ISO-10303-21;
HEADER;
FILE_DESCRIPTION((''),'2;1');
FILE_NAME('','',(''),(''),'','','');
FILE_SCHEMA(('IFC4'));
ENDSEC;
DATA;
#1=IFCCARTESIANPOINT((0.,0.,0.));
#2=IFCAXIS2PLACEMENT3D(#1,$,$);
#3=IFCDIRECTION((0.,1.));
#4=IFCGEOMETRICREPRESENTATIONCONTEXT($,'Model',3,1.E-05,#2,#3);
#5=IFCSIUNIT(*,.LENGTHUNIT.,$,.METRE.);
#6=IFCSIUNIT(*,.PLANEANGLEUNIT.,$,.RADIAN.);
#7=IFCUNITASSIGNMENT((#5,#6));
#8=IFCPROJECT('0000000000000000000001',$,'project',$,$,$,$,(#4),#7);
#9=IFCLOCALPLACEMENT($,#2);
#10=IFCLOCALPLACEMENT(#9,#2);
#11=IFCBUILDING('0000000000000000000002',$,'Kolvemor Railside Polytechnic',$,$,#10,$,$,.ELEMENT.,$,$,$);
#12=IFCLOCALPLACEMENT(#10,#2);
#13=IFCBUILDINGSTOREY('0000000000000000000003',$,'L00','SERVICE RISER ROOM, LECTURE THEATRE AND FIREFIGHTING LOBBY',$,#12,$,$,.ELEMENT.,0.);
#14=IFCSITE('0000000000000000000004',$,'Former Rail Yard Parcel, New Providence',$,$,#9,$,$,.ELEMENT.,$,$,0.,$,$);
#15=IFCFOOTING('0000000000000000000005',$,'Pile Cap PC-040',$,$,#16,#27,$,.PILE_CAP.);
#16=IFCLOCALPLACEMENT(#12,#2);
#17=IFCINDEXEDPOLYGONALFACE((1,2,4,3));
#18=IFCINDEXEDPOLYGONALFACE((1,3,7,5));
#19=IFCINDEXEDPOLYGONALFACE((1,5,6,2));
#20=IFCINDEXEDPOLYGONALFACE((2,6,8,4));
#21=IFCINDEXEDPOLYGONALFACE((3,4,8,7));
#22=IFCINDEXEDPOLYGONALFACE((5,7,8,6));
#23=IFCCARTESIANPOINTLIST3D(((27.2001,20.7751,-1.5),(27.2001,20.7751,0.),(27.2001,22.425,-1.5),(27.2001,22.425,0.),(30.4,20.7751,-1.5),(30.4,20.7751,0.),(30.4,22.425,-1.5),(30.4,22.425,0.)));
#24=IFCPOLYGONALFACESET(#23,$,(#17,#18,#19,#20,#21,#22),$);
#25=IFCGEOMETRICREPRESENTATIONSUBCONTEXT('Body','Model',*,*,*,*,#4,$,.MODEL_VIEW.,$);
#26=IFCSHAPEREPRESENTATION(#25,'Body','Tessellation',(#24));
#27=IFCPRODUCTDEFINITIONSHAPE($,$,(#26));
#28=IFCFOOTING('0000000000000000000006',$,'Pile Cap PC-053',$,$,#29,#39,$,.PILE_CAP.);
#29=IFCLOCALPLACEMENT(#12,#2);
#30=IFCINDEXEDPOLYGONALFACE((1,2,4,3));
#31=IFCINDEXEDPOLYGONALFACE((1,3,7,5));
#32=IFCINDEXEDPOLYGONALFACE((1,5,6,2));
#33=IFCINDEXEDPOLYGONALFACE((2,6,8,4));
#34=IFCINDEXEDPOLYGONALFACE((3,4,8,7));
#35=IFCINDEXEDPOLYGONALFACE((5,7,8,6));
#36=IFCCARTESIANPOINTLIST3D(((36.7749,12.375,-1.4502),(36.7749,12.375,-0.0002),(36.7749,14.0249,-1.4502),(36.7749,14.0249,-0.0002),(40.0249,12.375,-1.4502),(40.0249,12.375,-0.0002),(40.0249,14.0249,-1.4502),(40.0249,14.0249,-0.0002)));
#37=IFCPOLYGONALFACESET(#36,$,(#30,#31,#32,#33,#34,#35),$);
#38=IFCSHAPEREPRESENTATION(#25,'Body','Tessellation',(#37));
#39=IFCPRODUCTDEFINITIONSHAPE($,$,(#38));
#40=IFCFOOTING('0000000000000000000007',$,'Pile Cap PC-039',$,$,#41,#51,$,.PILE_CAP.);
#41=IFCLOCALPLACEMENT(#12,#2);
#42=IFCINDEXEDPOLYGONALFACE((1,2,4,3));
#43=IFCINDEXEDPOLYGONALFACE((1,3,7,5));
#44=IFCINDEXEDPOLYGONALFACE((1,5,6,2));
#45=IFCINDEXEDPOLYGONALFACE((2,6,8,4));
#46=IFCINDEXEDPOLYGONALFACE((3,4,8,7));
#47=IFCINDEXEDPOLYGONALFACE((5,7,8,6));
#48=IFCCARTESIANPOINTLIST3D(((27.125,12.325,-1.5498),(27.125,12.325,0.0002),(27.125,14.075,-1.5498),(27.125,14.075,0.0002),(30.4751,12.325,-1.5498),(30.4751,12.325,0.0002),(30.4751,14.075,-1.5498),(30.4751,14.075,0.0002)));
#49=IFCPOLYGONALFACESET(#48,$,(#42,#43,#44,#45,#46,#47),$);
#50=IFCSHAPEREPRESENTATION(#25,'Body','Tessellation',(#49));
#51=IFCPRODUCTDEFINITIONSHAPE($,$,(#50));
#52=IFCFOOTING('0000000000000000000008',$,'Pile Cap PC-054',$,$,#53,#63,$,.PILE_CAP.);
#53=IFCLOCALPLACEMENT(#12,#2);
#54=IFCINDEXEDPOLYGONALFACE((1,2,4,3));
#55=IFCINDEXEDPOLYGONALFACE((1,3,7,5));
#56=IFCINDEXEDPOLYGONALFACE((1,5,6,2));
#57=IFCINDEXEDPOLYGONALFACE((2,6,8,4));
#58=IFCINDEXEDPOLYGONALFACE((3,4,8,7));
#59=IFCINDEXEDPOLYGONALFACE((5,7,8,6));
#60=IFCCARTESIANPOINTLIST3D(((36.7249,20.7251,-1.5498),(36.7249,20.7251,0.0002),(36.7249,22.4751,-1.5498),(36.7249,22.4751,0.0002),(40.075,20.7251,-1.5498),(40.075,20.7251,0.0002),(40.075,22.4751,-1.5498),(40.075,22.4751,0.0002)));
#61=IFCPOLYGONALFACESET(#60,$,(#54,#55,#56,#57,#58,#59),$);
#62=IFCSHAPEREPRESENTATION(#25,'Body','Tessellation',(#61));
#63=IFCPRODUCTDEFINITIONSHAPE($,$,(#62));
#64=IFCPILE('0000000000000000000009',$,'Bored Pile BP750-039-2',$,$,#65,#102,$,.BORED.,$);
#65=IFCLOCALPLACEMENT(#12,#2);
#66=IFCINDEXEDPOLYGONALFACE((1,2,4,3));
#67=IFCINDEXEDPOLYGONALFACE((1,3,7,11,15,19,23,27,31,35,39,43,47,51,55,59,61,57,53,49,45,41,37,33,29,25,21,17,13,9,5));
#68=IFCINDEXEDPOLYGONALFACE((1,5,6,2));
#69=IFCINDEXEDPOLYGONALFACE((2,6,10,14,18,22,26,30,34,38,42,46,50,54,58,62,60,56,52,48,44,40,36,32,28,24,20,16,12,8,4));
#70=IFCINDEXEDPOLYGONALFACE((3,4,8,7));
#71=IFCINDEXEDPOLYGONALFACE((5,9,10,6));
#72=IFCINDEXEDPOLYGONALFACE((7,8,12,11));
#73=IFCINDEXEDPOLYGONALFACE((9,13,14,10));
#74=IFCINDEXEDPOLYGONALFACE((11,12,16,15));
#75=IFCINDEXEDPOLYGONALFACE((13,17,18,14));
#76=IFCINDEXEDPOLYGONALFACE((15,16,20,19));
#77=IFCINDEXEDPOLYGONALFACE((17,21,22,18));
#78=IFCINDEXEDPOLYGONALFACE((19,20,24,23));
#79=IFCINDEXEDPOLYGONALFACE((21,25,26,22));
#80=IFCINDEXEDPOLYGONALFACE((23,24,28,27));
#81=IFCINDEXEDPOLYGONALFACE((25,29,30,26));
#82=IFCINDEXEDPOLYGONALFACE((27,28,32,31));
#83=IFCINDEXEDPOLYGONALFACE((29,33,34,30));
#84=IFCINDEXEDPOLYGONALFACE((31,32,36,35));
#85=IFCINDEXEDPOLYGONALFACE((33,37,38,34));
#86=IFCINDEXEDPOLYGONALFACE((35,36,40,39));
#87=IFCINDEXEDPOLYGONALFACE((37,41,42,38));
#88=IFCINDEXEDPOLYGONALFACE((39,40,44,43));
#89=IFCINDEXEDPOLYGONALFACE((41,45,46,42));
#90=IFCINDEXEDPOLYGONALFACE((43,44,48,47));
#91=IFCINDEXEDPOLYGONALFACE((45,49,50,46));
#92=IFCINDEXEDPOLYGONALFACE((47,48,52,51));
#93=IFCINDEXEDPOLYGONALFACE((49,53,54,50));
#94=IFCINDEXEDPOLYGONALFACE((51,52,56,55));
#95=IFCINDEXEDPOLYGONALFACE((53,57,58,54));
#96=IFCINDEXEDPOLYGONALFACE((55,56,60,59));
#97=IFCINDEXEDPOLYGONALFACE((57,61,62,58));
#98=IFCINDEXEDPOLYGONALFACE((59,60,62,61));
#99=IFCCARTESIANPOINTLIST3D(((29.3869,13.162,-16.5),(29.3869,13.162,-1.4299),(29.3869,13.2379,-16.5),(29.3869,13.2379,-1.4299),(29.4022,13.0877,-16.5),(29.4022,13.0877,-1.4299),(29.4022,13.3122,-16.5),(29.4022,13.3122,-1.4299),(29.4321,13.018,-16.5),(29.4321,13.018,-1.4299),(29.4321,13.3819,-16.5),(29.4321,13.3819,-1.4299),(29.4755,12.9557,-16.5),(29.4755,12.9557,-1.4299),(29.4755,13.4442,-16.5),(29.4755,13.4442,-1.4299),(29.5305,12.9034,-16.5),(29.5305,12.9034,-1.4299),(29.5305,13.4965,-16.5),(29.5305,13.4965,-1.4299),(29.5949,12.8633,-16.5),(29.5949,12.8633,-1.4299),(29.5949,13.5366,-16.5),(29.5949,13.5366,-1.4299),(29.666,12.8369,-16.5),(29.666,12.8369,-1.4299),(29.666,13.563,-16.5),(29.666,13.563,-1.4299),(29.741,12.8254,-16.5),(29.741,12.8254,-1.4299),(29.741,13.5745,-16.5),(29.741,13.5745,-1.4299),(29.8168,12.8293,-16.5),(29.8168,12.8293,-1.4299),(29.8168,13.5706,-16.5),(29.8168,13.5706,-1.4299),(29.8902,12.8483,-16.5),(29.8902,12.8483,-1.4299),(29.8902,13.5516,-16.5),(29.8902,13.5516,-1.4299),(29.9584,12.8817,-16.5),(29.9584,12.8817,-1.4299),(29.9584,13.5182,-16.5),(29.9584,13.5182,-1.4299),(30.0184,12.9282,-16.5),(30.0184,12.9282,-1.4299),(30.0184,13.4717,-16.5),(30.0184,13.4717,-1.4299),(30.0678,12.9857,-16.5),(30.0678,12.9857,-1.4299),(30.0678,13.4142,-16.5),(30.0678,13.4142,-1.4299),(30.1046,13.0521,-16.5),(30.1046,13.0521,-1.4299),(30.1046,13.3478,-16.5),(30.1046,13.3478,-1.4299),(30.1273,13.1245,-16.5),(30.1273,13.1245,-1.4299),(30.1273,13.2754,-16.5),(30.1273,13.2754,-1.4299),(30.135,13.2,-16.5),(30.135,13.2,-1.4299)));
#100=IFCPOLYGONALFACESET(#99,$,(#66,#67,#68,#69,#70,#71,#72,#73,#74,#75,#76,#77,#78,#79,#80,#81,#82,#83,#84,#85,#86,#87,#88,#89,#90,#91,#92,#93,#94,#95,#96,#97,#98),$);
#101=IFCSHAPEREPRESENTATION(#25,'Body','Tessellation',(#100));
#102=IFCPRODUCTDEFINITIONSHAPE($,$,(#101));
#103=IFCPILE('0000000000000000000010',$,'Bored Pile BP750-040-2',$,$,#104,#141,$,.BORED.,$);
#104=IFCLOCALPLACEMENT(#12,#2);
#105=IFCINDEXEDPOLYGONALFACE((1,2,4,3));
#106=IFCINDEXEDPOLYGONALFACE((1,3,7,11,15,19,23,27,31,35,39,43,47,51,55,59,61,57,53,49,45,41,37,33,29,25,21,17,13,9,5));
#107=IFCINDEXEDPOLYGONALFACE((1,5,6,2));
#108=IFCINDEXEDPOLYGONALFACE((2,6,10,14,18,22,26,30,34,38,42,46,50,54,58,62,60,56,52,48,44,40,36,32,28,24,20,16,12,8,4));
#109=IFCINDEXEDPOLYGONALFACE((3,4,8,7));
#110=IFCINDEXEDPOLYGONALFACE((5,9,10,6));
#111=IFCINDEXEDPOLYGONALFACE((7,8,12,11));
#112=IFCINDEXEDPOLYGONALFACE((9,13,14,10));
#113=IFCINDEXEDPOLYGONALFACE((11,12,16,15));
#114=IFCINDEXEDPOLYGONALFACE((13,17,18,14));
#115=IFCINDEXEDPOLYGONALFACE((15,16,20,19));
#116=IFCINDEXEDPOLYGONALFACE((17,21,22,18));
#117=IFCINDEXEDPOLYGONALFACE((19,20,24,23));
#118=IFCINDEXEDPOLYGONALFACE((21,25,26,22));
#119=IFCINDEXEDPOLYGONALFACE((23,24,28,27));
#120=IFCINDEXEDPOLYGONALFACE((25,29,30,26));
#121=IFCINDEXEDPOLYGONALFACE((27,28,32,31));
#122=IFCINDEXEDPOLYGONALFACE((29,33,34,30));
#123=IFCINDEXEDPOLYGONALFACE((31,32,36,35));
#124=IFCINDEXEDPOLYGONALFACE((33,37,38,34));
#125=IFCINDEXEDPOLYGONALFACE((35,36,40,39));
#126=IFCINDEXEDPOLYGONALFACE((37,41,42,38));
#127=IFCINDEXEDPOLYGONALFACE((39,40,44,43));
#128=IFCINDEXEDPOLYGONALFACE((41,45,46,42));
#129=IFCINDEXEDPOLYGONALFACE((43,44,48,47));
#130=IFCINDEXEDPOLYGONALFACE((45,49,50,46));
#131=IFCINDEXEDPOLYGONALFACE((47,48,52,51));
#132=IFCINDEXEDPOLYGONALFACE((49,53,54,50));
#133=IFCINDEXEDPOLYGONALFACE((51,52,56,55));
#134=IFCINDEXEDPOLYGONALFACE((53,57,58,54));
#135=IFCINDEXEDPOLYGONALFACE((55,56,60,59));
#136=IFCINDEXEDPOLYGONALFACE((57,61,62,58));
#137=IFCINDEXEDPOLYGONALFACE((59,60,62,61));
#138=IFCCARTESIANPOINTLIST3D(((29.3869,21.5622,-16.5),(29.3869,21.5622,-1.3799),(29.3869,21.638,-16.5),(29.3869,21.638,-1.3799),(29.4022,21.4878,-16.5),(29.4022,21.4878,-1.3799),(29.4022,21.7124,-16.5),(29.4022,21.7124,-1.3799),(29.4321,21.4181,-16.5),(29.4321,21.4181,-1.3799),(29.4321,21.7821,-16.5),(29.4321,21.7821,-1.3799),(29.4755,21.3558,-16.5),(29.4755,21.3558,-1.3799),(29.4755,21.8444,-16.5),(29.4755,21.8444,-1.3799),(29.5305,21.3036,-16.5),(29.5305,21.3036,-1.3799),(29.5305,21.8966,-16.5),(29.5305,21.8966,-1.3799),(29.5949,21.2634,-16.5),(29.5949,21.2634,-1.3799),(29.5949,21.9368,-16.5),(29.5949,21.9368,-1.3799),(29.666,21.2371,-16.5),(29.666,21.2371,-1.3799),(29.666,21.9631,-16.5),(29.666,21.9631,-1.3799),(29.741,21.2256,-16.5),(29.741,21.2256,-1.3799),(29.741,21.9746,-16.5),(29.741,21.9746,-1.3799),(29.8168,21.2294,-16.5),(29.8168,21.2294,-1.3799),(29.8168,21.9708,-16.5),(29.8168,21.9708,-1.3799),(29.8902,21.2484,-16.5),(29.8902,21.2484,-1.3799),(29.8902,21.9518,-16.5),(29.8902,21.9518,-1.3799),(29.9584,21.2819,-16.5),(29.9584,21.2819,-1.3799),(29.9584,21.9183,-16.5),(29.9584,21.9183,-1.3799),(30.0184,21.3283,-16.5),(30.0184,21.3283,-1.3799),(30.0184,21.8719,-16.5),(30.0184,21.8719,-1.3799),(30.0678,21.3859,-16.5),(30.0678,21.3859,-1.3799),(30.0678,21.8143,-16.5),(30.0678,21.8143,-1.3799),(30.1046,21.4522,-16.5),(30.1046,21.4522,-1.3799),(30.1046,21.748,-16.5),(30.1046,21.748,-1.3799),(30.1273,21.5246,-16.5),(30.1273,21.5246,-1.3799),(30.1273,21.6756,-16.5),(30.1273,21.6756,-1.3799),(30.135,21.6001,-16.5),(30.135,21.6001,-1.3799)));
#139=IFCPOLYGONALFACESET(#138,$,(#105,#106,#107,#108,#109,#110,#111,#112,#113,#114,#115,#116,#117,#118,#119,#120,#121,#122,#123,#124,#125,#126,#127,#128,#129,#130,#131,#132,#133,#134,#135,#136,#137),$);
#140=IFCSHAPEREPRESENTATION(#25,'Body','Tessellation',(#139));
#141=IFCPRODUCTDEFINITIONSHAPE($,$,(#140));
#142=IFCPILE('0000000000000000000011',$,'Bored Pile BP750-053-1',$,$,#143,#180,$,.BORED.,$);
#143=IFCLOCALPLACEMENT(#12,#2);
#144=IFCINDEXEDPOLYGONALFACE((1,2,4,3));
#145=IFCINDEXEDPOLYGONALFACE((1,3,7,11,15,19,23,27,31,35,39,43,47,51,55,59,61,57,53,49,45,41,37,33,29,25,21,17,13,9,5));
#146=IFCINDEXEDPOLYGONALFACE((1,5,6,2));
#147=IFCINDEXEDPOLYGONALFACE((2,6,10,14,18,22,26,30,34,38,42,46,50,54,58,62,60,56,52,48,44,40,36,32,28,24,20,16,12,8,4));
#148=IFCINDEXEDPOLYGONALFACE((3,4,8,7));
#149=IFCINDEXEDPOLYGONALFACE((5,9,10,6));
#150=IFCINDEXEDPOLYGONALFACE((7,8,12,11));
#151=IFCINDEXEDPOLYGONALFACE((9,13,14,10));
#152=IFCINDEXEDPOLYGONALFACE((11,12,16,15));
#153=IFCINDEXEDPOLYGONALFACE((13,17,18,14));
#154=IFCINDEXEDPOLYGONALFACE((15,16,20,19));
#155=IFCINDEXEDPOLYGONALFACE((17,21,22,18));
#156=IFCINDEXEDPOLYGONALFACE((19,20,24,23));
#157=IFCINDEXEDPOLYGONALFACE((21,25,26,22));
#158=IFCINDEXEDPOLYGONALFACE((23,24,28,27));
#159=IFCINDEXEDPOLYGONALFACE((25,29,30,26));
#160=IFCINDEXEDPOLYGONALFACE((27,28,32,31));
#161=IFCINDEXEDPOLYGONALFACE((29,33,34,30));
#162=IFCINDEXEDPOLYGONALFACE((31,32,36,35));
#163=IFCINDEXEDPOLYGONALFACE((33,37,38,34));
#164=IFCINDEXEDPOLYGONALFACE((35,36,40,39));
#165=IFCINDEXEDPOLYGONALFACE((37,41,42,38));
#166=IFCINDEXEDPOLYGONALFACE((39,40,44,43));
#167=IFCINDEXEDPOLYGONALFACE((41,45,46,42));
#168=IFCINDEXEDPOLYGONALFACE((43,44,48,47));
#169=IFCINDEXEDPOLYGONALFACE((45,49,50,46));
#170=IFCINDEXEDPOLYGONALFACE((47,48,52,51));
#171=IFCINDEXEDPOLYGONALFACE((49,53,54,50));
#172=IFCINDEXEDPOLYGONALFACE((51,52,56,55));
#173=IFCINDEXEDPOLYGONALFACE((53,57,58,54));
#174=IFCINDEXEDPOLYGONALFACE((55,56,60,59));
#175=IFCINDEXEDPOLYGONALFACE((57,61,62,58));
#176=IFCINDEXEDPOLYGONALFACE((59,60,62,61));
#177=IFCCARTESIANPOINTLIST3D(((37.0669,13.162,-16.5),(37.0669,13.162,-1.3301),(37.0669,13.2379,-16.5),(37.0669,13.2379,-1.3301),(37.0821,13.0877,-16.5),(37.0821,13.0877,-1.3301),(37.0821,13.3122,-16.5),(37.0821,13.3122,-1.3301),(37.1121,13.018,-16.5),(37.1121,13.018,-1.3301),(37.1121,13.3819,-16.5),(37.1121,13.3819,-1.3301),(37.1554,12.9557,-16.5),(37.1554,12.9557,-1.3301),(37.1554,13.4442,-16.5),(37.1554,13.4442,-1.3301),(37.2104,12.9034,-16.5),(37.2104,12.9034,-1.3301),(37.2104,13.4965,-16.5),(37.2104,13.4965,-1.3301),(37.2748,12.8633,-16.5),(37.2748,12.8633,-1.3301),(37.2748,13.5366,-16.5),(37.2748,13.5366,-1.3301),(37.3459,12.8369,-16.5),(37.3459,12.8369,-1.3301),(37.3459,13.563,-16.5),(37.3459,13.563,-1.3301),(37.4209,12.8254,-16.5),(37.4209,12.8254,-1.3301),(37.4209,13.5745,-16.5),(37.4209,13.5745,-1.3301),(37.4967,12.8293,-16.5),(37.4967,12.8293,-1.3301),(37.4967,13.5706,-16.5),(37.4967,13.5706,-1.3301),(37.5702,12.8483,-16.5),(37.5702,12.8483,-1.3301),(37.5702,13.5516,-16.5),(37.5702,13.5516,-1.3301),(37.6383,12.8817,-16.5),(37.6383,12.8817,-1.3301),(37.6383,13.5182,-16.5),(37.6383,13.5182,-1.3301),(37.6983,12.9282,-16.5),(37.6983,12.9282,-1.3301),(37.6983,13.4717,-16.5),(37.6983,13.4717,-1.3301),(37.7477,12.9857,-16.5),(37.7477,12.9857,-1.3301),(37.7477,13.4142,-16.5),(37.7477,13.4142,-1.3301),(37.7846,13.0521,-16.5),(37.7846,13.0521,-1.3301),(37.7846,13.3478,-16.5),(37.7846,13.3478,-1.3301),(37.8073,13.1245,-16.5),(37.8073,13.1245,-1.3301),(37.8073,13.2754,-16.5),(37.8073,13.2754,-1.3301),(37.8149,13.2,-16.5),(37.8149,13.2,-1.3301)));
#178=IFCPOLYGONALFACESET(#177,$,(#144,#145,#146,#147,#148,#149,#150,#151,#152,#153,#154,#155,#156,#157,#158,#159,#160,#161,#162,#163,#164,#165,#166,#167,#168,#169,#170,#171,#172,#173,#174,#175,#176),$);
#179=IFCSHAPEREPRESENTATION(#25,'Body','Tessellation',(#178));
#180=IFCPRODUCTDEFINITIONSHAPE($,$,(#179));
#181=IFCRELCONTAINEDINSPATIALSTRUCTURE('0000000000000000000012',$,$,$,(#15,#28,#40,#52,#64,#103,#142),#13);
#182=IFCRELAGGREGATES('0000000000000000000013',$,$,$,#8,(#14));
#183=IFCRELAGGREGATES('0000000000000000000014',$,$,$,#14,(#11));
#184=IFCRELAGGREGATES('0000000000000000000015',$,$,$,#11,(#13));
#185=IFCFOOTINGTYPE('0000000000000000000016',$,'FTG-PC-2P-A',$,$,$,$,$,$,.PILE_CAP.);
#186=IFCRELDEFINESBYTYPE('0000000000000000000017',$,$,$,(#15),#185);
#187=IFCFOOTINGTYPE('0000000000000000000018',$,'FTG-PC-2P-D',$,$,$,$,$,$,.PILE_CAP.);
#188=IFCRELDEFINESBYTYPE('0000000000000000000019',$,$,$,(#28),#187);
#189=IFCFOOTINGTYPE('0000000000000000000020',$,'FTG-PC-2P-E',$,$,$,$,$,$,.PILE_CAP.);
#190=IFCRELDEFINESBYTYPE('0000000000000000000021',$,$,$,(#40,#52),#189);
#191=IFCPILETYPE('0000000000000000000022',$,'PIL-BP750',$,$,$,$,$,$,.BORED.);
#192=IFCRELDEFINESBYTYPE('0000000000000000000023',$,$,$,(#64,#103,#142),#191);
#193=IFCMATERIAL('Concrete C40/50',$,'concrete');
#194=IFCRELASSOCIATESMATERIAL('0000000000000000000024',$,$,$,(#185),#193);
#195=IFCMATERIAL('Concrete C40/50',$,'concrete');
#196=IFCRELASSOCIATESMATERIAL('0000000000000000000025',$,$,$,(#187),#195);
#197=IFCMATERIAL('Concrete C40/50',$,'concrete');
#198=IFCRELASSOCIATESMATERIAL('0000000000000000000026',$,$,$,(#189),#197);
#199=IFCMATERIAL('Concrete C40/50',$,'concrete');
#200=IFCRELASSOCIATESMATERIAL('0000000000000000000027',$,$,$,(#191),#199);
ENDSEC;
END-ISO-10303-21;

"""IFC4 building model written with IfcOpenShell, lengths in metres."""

from ifc_helpers import new_model, si_unit, direction, frame, origin, origin_2d, place, context, subcontext, project, spatial, rectangle, circle, extrude, material, material_profile, profile_set, type_object, element, save


model = new_model("IFC4")

# Units and contexts
model_context = context("Model", 3, precision=1e-05, world=origin(), true_north=direction((0.0, 1.0)))
body_context = subcontext(model_context, "Body", "Model", "MODEL_VIEW")
ifc_project = project(units=[si_unit("LENGTHUNIT", "METRE"), si_unit("PLANEANGLEUNIT", "RADIAN")], contexts=[model_context])

# Site, building, storey
site_placement = place(None, origin())
site = spatial("IfcSite", under=ifc_project, at=site_placement, Name="Former Rail Yard Parcel, New Providence", CompositionType="ELEMENT", RefElevation=0.0)
building_placement = place(site_placement, origin())
building = spatial("IfcBuilding", under=site, at=building_placement, Name="Kolvemor Railside Polytechnic", CompositionType="ELEMENT")
storey_placement = place(building_placement, origin())
storey = spatial("IfcBuildingStorey", under=building, at=storey_placement, Name="L00", Description="SERVICE RISER ROOM, LECTURE THEATRE AND FIREFIGHTING LOBBY", CompositionType="ELEMENT", Elevation=0.0)

# Footings
ifc_material_1 = material(Name="Concrete C40/50", Category="concrete")
footing_type_1 = type_object("IfcFootingType", Name="FTG-PC-2P-A", PredefinedType="PILE_CAP", material=ifc_material_1)
footing_1_placement = place(storey_placement, frame((28.8, 21.6001, -1.5), z_axis=(0.0, 0.0, 1.0), x_axis=(1.0, 0.0, 0.0)))
element("IfcFooting", 1, at=footing_1_placement, inside=storey, type_object=footing_type_1, Name="Pile Cap PC-040", PredefinedType="PILE_CAP", context=body_context, shape_type="SweptSolid", body=[
    extrude(rectangle(XDim=3.2, YDim=1.6499, at=origin_2d()), origin(), (0.0, 0.0, 1.0), 1.5),
])
ifc_material_2 = material(Name="Concrete C40/50", Category="concrete")
footing_type_2 = type_object("IfcFootingType", Name="FTG-PC-2P-D", PredefinedType="PILE_CAP", material=ifc_material_2)
footing_2_placement = place(storey_placement, frame((38.3999, 13.2, -1.4502), z_axis=(0.0, 0.0, 1.0), x_axis=(1.0, 0.0, 0.0)))
element("IfcFooting", 2, at=footing_2_placement, inside=storey, type_object=footing_type_2, Name="Pile Cap PC-053", PredefinedType="PILE_CAP", context=body_context, shape_type="SweptSolid", body=[
    extrude(rectangle(XDim=3.25, YDim=1.6499, at=origin_2d()), origin(), (0.0, 0.0, 1.0), 1.45),
])
ifc_material_3 = material(Name="Concrete C40/50", Category="concrete")
footing_type_3 = type_object("IfcFootingType", Name="FTG-PC-2P-E", PredefinedType="PILE_CAP", material=ifc_material_3)
for number, where, z_axis, x_axis, name in (
    (3, (28.8, 13.2, -1.5498), (0.0, 0.0, 1.0), (1.0, 0.0, 0.0), "Pile Cap PC-039"),
    (4, (38.3999, 21.6001, -1.5498), (0.0, 0.0, 1.0), (1.0, 0.0, 0.0), "Pile Cap PC-054"),
):
    element("IfcFooting", number, at=place(storey_placement, frame(where, z_axis=z_axis, x_axis=x_axis)), inside=storey, type_object=footing_type_3, Name=name, PredefinedType="PILE_CAP", context=body_context, shape_type="SweptSolid", body=[
        extrude(rectangle(XDim=3.3501, YDim=1.75, at=origin_2d()), origin(), (0.0, 0.0, 1.0), 1.55),
    ])

# Piles
ifc_material_4 = material(Name="Concrete C40/50", Category="concrete")
ifc_material_profile_1 = material_profile(ifc_material_4, circle(Radius=0.375, at=origin_2d()), Name="BP750")
ifc_profile_set_1 = profile_set([ifc_material_profile_1], Name="Concrete C40/50")
pile_type = type_object("IfcPileType", Name="PIL-BP750", PredefinedType="BORED", material=ifc_profile_set_1)
pile_1_placement = place(storey_placement, frame((29.76, 13.2, -1.4299), z_axis=(0.0, 0.0, -1.0), x_axis=(1.0, 0.0, 0.0)))
element("IfcPile", 5, at=pile_1_placement, inside=storey, type_object=pile_type, Name="Bored Pile BP750-039-2", PredefinedType="BORED", context=body_context, shape_type="SweptSolid", body=[
    extrude(circle(Radius=0.375, at=origin_2d()), origin(), (0.0, 0.0, 1.0), 15.0701),
])
pile_2_placement = place(storey_placement, frame((29.76, 21.6001, -1.3799), z_axis=(0.0, 0.0, -1.0), x_axis=(1.0, 0.0, 0.0)))
element("IfcPile", 6, at=pile_2_placement, inside=storey, type_object=pile_type, Name="Bored Pile BP750-040-2", PredefinedType="BORED", context=body_context, shape_type="SweptSolid", body=[
    extrude(circle(Radius=0.375, at=origin_2d()), origin(), (0.0, 0.0, 1.0), 15.1201),
])
pile_3_placement = place(storey_placement, frame((37.4399, 13.2, -1.3301), z_axis=(0.0, 0.0, -1.0), x_axis=(1.0, 0.0, 0.0)))
element("IfcPile", 7, at=pile_3_placement, inside=storey, type_object=pile_type, Name="Bored Pile BP750-053-1", PredefinedType="BORED", context=body_context, shape_type="SweptSolid", body=[
    extrude(circle(Radius=0.375, at=origin_2d()), origin(), (0.0, 0.0, 1.0), 15.1699),
])

save(model, "model.ifc")
